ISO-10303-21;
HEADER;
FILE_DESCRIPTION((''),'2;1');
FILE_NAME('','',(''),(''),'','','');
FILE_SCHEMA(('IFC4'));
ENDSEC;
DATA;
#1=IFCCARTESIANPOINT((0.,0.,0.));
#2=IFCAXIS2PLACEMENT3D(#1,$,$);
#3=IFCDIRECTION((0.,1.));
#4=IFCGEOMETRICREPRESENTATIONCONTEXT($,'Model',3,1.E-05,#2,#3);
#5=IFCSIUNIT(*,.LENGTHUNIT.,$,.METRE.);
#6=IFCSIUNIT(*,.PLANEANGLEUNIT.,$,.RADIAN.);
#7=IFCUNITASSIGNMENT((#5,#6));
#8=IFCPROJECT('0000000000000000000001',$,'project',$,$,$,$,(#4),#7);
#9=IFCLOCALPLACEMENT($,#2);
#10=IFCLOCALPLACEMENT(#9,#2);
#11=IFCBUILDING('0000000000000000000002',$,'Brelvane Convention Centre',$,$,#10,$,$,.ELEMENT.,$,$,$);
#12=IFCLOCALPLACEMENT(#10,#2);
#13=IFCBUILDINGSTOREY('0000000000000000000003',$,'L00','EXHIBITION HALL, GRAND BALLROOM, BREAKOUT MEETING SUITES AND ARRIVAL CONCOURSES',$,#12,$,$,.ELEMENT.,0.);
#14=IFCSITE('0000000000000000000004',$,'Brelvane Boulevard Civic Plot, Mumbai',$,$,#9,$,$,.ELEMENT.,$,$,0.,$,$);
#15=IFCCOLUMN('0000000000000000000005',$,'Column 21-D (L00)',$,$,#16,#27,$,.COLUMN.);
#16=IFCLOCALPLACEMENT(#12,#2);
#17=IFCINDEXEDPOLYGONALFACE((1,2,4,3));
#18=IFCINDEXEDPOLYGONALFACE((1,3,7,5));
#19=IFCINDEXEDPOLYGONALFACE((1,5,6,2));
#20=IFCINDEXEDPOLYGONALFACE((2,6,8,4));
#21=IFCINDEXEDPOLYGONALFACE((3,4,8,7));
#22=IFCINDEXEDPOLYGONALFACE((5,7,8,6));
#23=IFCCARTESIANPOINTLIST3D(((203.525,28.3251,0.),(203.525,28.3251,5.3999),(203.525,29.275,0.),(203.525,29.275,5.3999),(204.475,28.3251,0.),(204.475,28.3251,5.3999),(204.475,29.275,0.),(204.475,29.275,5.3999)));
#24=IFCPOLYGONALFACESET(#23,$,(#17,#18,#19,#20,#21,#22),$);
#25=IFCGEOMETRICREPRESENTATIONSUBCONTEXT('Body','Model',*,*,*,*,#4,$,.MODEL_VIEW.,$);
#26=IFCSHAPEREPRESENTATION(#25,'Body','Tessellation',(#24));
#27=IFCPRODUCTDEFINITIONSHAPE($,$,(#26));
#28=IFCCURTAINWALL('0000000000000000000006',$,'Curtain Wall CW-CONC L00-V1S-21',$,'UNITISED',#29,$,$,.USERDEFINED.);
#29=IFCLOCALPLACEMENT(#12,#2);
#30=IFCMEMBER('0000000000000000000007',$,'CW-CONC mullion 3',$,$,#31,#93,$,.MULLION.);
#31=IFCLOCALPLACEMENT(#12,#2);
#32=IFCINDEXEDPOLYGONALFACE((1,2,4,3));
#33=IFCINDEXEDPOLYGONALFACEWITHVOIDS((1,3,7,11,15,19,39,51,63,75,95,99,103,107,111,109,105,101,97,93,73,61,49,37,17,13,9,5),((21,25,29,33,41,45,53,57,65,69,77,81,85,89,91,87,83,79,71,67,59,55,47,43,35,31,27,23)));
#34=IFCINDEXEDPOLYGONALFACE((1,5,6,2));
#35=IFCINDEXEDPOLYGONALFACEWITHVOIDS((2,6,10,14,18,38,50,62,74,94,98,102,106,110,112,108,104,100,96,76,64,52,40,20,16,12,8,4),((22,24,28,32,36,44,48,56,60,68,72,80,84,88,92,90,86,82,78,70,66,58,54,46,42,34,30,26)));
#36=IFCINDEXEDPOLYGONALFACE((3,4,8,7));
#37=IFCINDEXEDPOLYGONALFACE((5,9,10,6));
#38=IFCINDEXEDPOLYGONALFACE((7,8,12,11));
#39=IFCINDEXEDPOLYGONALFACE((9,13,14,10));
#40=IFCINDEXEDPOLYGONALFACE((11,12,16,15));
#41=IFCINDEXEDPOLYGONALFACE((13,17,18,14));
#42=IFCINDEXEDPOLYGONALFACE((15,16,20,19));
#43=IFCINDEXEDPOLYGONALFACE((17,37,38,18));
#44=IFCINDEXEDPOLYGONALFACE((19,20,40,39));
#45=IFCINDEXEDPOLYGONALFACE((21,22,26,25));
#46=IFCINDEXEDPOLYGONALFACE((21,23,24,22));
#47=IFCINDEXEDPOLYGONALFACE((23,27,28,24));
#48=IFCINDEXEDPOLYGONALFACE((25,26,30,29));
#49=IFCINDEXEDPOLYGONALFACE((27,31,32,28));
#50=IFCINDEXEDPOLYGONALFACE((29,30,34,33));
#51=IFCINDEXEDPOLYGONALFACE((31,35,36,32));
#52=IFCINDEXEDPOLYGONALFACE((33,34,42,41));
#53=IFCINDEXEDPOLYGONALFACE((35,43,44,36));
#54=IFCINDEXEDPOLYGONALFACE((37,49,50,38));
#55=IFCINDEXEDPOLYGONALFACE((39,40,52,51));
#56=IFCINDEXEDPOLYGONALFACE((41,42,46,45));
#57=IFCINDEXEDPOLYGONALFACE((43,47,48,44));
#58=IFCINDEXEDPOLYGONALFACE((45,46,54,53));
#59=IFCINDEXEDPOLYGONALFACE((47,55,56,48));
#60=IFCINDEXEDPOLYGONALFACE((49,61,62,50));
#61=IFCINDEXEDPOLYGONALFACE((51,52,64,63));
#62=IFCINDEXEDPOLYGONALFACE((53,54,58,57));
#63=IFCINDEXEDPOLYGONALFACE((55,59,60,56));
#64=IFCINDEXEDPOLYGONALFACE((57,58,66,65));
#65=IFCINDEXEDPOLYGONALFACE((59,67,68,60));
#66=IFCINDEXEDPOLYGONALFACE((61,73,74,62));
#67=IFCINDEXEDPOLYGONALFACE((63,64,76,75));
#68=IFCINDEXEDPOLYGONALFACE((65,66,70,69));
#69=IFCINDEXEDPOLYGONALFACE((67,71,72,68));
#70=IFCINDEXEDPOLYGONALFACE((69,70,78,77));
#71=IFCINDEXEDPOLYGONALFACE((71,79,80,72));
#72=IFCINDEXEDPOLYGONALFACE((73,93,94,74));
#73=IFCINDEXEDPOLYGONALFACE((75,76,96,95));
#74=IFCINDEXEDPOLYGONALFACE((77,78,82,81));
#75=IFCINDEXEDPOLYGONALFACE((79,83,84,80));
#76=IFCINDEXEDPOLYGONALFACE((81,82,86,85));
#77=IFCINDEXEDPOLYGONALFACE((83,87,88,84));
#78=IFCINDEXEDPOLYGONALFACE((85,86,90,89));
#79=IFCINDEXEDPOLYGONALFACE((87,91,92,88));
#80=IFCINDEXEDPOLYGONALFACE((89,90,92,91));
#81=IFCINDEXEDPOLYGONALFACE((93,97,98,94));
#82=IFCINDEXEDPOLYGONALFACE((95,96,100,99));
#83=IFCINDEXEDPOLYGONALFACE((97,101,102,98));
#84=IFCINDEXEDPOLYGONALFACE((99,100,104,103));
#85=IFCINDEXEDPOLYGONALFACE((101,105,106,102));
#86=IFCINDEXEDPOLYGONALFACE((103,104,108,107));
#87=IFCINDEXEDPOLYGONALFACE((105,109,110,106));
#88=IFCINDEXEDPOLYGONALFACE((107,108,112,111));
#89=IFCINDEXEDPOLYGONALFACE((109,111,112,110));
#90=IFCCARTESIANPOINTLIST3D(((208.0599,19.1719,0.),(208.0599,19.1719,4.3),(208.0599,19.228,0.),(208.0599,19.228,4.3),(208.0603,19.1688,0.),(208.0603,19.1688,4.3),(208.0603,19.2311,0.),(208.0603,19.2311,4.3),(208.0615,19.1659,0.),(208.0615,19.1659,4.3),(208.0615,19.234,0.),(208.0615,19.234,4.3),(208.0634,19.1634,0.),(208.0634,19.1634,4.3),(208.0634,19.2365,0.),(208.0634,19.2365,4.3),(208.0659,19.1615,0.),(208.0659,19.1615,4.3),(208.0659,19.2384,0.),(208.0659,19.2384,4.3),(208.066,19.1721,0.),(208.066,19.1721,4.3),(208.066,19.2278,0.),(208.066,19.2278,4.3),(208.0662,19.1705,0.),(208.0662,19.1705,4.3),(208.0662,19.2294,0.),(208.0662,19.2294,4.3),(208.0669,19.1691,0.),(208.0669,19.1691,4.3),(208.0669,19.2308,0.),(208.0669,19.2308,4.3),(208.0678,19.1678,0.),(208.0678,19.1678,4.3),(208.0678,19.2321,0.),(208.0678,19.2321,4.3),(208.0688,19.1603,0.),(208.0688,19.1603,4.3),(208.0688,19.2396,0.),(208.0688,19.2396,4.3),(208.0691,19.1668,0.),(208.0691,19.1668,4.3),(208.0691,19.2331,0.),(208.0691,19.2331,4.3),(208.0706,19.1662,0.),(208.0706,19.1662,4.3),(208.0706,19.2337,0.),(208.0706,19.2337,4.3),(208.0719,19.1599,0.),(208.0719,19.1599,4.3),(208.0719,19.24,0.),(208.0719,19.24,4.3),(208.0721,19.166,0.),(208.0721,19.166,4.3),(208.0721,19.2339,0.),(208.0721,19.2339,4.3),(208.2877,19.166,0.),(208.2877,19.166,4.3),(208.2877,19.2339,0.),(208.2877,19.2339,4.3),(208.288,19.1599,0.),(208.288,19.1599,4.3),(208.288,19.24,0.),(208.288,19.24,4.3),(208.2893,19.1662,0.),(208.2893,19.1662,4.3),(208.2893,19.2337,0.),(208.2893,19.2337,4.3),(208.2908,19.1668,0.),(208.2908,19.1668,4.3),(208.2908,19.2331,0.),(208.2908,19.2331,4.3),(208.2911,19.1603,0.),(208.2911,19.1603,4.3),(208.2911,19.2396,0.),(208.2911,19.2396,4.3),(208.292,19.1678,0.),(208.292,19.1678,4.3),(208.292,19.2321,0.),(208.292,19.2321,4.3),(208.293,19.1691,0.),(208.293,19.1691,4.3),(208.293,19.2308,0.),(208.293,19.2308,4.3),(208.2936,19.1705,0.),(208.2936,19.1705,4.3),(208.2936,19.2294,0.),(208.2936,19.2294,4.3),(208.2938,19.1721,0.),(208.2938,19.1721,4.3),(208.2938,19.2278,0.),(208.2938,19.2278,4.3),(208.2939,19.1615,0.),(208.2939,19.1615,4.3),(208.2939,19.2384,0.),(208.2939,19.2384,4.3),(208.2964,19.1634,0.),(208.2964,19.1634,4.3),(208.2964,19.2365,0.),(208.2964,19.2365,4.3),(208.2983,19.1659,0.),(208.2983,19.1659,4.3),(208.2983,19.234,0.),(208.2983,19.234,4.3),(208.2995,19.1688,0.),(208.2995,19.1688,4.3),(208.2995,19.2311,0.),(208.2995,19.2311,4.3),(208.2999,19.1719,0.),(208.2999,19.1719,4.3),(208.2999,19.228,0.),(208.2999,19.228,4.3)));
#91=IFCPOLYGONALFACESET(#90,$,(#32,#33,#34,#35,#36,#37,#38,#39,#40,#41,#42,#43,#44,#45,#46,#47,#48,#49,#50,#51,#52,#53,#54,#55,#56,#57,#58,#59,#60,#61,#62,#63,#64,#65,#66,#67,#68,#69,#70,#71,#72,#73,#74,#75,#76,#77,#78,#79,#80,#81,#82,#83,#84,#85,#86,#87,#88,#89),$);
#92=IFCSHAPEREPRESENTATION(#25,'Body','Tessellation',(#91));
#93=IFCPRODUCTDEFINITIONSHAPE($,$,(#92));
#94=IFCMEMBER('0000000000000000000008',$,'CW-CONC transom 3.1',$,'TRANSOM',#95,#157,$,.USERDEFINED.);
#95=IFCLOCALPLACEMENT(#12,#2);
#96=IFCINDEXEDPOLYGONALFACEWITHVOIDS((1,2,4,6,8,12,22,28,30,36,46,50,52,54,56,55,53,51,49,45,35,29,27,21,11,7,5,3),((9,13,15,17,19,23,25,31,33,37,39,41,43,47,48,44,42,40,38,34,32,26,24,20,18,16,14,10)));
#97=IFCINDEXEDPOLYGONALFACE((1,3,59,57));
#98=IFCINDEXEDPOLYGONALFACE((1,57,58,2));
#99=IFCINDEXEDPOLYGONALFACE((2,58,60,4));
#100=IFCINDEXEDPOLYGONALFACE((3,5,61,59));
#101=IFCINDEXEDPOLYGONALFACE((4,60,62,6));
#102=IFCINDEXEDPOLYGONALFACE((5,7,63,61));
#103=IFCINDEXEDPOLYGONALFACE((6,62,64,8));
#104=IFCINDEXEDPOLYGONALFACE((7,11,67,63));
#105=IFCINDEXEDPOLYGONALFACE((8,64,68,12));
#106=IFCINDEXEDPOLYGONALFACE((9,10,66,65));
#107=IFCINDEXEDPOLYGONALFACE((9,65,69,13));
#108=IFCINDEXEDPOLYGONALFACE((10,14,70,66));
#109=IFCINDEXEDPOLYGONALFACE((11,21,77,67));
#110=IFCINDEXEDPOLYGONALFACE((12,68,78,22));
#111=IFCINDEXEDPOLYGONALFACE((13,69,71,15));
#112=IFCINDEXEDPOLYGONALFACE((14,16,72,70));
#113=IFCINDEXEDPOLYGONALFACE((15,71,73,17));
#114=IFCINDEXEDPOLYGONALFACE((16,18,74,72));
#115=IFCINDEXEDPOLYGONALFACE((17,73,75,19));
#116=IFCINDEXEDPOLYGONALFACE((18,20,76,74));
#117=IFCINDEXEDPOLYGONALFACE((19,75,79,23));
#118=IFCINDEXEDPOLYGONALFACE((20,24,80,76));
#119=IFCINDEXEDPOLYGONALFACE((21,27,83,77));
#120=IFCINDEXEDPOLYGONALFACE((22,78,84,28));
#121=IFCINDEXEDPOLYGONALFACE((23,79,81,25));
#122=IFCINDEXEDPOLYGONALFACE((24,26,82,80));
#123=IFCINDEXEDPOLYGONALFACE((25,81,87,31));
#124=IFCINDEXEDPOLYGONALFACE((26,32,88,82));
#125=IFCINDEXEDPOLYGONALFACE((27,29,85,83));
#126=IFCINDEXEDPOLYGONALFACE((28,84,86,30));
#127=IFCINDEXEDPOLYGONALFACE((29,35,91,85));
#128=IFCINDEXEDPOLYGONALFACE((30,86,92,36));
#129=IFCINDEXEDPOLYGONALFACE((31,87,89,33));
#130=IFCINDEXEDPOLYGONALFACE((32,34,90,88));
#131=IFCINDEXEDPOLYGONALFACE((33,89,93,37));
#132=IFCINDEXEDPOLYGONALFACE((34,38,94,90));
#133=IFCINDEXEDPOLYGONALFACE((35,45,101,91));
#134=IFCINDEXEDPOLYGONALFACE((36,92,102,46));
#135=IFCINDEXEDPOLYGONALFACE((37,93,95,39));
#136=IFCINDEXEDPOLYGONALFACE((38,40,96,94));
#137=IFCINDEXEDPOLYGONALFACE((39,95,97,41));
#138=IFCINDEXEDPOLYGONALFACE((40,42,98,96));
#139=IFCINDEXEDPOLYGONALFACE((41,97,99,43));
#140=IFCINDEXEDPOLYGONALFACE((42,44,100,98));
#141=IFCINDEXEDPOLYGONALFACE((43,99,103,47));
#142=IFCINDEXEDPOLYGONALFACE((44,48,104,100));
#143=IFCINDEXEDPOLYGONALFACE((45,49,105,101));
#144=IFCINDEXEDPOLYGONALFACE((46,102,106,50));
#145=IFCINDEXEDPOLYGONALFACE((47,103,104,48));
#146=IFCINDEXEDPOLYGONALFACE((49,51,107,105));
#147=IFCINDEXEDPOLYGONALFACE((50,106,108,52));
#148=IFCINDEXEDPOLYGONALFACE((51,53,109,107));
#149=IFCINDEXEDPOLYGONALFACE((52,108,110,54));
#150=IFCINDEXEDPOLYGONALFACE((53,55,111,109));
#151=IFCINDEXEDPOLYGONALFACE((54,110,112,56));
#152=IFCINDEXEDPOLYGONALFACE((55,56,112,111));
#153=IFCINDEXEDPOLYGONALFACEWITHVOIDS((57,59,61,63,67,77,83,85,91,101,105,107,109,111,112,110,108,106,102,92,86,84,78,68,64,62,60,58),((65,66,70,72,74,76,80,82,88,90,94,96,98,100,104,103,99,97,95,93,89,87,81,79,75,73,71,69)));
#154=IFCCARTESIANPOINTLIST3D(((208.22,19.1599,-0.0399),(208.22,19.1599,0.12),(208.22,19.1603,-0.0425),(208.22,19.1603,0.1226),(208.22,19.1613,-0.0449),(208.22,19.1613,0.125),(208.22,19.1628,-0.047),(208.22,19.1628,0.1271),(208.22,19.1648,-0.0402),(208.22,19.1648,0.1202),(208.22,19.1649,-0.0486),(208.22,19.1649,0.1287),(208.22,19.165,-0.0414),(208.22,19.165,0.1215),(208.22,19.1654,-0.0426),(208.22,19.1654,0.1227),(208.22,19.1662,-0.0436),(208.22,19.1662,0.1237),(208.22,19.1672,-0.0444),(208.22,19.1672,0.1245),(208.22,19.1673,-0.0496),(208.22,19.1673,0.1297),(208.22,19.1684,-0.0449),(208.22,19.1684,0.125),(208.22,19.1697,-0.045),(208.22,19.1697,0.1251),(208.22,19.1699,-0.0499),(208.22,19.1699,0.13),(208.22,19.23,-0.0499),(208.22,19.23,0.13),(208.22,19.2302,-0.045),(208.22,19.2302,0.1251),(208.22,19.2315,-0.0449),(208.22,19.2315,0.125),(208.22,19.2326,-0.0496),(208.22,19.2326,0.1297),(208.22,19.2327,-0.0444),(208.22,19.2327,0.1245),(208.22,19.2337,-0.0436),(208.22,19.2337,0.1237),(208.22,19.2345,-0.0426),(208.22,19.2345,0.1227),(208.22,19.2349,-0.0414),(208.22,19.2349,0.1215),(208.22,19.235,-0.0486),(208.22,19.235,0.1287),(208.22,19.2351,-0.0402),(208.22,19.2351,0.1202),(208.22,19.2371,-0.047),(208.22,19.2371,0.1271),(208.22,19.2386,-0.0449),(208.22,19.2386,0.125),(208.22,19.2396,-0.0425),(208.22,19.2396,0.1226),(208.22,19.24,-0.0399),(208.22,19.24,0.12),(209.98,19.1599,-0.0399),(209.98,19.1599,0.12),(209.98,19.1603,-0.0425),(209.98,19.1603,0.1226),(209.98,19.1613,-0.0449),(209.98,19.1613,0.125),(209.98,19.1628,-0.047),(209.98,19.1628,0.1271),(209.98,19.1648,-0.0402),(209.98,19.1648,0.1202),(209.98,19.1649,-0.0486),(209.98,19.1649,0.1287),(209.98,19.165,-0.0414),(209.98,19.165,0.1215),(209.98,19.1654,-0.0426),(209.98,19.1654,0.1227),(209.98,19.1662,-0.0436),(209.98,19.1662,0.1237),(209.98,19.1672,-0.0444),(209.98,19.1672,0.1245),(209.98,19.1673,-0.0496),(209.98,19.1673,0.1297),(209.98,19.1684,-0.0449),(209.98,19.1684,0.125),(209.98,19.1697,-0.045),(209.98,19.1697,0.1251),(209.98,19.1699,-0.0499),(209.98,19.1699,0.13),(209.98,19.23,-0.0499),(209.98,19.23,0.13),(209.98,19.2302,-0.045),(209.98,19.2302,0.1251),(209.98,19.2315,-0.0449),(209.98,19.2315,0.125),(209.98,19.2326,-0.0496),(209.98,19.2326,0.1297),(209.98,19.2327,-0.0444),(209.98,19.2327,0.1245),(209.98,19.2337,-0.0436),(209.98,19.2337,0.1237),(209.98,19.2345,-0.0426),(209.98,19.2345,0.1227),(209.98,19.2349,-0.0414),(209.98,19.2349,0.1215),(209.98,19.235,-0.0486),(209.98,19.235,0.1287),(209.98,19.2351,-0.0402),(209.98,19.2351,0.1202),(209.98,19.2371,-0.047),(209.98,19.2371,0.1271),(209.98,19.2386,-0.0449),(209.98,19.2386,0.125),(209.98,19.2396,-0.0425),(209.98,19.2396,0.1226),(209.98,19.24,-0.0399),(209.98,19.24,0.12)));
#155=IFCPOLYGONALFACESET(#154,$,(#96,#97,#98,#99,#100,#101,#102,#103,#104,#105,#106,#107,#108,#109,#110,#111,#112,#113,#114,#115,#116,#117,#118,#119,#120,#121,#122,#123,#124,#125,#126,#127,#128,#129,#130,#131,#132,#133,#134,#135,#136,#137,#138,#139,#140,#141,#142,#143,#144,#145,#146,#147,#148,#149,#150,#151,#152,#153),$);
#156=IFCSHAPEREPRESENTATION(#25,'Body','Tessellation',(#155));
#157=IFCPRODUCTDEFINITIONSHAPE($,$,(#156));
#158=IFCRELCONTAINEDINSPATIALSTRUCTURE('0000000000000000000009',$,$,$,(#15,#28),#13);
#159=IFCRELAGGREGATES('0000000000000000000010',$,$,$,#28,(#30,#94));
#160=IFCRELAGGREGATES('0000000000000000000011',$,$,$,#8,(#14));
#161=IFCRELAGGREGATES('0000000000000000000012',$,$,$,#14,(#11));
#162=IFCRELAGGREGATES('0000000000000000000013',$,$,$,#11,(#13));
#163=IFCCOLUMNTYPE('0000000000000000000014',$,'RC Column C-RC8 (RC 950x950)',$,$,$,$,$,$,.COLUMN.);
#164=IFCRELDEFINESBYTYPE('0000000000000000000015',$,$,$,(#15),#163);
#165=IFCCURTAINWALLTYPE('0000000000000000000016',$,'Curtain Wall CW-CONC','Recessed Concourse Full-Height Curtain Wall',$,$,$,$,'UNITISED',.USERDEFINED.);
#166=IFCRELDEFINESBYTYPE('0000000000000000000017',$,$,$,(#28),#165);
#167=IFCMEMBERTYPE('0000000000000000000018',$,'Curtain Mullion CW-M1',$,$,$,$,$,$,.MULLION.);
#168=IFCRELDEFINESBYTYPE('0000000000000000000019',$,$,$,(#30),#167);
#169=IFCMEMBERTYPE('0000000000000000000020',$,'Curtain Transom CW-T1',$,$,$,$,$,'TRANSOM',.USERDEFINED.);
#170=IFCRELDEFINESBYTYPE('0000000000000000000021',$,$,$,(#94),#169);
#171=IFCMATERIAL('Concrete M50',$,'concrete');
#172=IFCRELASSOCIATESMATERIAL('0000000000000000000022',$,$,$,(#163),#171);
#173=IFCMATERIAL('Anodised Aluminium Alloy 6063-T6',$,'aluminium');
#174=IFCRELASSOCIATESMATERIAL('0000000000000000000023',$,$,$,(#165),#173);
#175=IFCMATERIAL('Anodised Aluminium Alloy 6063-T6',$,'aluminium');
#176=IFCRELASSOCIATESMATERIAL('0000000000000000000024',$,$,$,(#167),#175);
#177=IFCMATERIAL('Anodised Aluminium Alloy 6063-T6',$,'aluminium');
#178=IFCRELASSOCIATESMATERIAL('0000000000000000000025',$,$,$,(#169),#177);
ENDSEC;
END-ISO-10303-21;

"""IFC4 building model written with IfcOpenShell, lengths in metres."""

from ifc_helpers import new_model, si_unit, direction, frame, origin, origin_2d, place, context, subcontext, project, spatial, rectangle, hollow_rectangle, extrude, material, material_profile, profile_set, type_object, element, aggregate, save


model = new_model("IFC4")

# Units and contexts
model_context = context("Model", 3, precision=1e-05, world=origin(), true_north=direction((0.0, 1.0)))
body_context = subcontext(model_context, "Body", "Model", "MODEL_VIEW")
ifc_project = project(units=[si_unit("LENGTHUNIT", "METRE"), si_unit("PLANEANGLEUNIT", "RADIAN")], contexts=[model_context])

# Site, building, storey
site_placement = place(None, origin())
site = spatial("IfcSite", under=ifc_project, at=site_placement, Name="Brelvane Boulevard Civic Plot, Mumbai", CompositionType="ELEMENT", RefElevation=0.0)
building_placement = place(site_placement, origin())
building = spatial("IfcBuilding", under=site, at=building_placement, Name="Brelvane Convention Centre", CompositionType="ELEMENT")
storey_placement = place(building_placement, origin())
storey = spatial("IfcBuildingStorey", under=building, at=storey_placement, Name="L00", Description="EXHIBITION HALL, GRAND BALLROOM, BREAKOUT MEETING SUITES AND ARRIVAL CONCOURSES", CompositionType="ELEMENT", Elevation=0.0)

# Column
ifc_material_1 = material(Name="Concrete M50", Category="concrete")
ifc_material_profile_1 = material_profile(ifc_material_1, rectangle(XDim=0.95, YDim=0.95, at=origin_2d()), Name="RC 950x950")
ifc_profile_set_1 = profile_set([ifc_material_profile_1], Name="Concrete M50")
column_type = type_object("IfcColumnType", Name="RC Column C-RC8 (RC 950x950)", PredefinedType="COLUMN", material=ifc_profile_set_1)
column_placement = place(storey_placement, frame((204.0, 28.8, 0.0), z_axis=(0.0, 0.0, 1.0), x_axis=(1.0, 0.0, 0.0)))
element("IfcColumn", 1, at=column_placement, inside=storey, type_object=column_type, Name="Column 21-D (L00)", PredefinedType="COLUMN", context=body_context, shape_type="SweptSolid", body=[
    extrude(rectangle(XDim=0.95, YDim=0.95, at=origin_2d()), origin(), (0.0, 0.0, 1.0), 5.3999),
])

# Curtain wall, members
ifc_material_2 = material(Name="Anodised Aluminium Alloy 6063-T6", Category="aluminium")
curtain_wall_type = type_object("IfcCurtainWallType", Name="Curtain Wall CW-CONC", Description="Recessed Concourse Full-Height Curtain Wall", ElementType="UNITISED", PredefinedType="USERDEFINED", material=ifc_material_2)
curtain_wall_placement = place(storey_placement, origin())
curtain_wall = element("IfcCurtainWall", 2, at=curtain_wall_placement, inside=storey, type_object=curtain_wall_type, Name="Curtain Wall CW-CONC L00-V1S-21", ObjectType="UNITISED", PredefinedType="USERDEFINED")
ifc_material_3 = material(Name="Anodised Aluminium Alloy 6063-T6", Category="aluminium")
ifc_material_profile_2 = material_profile(ifc_material_3, hollow_rectangle(XDim=0.0801, YDim=0.24, WallThickness=0.0061, InnerFilletRadius=0.0061, OuterFilletRadius=0.012, at=origin_2d()), Name="ALU-M 240x80x6.0")
ifc_profile_set_2 = profile_set([ifc_material_profile_2], Name="Anodised Aluminium Alloy 6063-T6")
member_type_1 = type_object("IfcMemberType", Name="Curtain Mullion CW-M1", PredefinedType="MULLION", material=ifc_profile_set_2)
member_1_placement = place(storey_placement, frame((208.1799, 19.2, 0.0), z_axis=(0.0, 0.0, 1.0), x_axis=(0.0, 1.0, 0.0)))
member_1 = element("IfcMember", 3, at=member_1_placement, type_object=member_type_1, Name="CW-CONC mullion 3", PredefinedType="MULLION", context=body_context, shape_type="SweptSolid", body=[
    extrude(hollow_rectangle(XDim=0.0801, YDim=0.24, WallThickness=0.0061, InnerFilletRadius=0.0061, OuterFilletRadius=0.012, at=origin_2d()), origin(), (0.0, 0.0, 1.0), 4.3),
])
ifc_material_4 = material(Name="Anodised Aluminium Alloy 6063-T6", Category="aluminium")
ifc_material_profile_3 = material_profile(ifc_material_4, hollow_rectangle(XDim=0.0801, YDim=0.1799, WallThickness=0.0049, InnerFilletRadius=0.0049, OuterFilletRadius=0.01, at=origin_2d()), Name="ALU-T 180x80x5.0")
ifc_profile_set_3 = profile_set([ifc_material_profile_3], Name="Anodised Aluminium Alloy 6063-T6")
member_type_2 = type_object("IfcMemberType", Name="Curtain Transom CW-T1", ElementType="TRANSOM", PredefinedType="USERDEFINED", material=ifc_profile_set_3)
member_2_placement = place(storey_placement, frame((208.22, 19.2, 0.04), z_axis=(1.0, 0.0, 0.0), x_axis=(0.0, 1.0, 0.0)))
member_2 = element("IfcMember", 4, at=member_2_placement, type_object=member_type_2, Name="CW-CONC transom 3.1", ObjectType="TRANSOM", PredefinedType="USERDEFINED", context=body_context, shape_type="SweptSolid", body=[
    extrude(hollow_rectangle(XDim=0.0801, YDim=0.1799, WallThickness=0.0049, InnerFilletRadius=0.0049, OuterFilletRadius=0.01, at=origin_2d()), origin(), (0.0, 0.0, 1.0), 1.76),
])

aggregate(curtain_wall, [member_1, member_2])

save(model, "model.ifc")
